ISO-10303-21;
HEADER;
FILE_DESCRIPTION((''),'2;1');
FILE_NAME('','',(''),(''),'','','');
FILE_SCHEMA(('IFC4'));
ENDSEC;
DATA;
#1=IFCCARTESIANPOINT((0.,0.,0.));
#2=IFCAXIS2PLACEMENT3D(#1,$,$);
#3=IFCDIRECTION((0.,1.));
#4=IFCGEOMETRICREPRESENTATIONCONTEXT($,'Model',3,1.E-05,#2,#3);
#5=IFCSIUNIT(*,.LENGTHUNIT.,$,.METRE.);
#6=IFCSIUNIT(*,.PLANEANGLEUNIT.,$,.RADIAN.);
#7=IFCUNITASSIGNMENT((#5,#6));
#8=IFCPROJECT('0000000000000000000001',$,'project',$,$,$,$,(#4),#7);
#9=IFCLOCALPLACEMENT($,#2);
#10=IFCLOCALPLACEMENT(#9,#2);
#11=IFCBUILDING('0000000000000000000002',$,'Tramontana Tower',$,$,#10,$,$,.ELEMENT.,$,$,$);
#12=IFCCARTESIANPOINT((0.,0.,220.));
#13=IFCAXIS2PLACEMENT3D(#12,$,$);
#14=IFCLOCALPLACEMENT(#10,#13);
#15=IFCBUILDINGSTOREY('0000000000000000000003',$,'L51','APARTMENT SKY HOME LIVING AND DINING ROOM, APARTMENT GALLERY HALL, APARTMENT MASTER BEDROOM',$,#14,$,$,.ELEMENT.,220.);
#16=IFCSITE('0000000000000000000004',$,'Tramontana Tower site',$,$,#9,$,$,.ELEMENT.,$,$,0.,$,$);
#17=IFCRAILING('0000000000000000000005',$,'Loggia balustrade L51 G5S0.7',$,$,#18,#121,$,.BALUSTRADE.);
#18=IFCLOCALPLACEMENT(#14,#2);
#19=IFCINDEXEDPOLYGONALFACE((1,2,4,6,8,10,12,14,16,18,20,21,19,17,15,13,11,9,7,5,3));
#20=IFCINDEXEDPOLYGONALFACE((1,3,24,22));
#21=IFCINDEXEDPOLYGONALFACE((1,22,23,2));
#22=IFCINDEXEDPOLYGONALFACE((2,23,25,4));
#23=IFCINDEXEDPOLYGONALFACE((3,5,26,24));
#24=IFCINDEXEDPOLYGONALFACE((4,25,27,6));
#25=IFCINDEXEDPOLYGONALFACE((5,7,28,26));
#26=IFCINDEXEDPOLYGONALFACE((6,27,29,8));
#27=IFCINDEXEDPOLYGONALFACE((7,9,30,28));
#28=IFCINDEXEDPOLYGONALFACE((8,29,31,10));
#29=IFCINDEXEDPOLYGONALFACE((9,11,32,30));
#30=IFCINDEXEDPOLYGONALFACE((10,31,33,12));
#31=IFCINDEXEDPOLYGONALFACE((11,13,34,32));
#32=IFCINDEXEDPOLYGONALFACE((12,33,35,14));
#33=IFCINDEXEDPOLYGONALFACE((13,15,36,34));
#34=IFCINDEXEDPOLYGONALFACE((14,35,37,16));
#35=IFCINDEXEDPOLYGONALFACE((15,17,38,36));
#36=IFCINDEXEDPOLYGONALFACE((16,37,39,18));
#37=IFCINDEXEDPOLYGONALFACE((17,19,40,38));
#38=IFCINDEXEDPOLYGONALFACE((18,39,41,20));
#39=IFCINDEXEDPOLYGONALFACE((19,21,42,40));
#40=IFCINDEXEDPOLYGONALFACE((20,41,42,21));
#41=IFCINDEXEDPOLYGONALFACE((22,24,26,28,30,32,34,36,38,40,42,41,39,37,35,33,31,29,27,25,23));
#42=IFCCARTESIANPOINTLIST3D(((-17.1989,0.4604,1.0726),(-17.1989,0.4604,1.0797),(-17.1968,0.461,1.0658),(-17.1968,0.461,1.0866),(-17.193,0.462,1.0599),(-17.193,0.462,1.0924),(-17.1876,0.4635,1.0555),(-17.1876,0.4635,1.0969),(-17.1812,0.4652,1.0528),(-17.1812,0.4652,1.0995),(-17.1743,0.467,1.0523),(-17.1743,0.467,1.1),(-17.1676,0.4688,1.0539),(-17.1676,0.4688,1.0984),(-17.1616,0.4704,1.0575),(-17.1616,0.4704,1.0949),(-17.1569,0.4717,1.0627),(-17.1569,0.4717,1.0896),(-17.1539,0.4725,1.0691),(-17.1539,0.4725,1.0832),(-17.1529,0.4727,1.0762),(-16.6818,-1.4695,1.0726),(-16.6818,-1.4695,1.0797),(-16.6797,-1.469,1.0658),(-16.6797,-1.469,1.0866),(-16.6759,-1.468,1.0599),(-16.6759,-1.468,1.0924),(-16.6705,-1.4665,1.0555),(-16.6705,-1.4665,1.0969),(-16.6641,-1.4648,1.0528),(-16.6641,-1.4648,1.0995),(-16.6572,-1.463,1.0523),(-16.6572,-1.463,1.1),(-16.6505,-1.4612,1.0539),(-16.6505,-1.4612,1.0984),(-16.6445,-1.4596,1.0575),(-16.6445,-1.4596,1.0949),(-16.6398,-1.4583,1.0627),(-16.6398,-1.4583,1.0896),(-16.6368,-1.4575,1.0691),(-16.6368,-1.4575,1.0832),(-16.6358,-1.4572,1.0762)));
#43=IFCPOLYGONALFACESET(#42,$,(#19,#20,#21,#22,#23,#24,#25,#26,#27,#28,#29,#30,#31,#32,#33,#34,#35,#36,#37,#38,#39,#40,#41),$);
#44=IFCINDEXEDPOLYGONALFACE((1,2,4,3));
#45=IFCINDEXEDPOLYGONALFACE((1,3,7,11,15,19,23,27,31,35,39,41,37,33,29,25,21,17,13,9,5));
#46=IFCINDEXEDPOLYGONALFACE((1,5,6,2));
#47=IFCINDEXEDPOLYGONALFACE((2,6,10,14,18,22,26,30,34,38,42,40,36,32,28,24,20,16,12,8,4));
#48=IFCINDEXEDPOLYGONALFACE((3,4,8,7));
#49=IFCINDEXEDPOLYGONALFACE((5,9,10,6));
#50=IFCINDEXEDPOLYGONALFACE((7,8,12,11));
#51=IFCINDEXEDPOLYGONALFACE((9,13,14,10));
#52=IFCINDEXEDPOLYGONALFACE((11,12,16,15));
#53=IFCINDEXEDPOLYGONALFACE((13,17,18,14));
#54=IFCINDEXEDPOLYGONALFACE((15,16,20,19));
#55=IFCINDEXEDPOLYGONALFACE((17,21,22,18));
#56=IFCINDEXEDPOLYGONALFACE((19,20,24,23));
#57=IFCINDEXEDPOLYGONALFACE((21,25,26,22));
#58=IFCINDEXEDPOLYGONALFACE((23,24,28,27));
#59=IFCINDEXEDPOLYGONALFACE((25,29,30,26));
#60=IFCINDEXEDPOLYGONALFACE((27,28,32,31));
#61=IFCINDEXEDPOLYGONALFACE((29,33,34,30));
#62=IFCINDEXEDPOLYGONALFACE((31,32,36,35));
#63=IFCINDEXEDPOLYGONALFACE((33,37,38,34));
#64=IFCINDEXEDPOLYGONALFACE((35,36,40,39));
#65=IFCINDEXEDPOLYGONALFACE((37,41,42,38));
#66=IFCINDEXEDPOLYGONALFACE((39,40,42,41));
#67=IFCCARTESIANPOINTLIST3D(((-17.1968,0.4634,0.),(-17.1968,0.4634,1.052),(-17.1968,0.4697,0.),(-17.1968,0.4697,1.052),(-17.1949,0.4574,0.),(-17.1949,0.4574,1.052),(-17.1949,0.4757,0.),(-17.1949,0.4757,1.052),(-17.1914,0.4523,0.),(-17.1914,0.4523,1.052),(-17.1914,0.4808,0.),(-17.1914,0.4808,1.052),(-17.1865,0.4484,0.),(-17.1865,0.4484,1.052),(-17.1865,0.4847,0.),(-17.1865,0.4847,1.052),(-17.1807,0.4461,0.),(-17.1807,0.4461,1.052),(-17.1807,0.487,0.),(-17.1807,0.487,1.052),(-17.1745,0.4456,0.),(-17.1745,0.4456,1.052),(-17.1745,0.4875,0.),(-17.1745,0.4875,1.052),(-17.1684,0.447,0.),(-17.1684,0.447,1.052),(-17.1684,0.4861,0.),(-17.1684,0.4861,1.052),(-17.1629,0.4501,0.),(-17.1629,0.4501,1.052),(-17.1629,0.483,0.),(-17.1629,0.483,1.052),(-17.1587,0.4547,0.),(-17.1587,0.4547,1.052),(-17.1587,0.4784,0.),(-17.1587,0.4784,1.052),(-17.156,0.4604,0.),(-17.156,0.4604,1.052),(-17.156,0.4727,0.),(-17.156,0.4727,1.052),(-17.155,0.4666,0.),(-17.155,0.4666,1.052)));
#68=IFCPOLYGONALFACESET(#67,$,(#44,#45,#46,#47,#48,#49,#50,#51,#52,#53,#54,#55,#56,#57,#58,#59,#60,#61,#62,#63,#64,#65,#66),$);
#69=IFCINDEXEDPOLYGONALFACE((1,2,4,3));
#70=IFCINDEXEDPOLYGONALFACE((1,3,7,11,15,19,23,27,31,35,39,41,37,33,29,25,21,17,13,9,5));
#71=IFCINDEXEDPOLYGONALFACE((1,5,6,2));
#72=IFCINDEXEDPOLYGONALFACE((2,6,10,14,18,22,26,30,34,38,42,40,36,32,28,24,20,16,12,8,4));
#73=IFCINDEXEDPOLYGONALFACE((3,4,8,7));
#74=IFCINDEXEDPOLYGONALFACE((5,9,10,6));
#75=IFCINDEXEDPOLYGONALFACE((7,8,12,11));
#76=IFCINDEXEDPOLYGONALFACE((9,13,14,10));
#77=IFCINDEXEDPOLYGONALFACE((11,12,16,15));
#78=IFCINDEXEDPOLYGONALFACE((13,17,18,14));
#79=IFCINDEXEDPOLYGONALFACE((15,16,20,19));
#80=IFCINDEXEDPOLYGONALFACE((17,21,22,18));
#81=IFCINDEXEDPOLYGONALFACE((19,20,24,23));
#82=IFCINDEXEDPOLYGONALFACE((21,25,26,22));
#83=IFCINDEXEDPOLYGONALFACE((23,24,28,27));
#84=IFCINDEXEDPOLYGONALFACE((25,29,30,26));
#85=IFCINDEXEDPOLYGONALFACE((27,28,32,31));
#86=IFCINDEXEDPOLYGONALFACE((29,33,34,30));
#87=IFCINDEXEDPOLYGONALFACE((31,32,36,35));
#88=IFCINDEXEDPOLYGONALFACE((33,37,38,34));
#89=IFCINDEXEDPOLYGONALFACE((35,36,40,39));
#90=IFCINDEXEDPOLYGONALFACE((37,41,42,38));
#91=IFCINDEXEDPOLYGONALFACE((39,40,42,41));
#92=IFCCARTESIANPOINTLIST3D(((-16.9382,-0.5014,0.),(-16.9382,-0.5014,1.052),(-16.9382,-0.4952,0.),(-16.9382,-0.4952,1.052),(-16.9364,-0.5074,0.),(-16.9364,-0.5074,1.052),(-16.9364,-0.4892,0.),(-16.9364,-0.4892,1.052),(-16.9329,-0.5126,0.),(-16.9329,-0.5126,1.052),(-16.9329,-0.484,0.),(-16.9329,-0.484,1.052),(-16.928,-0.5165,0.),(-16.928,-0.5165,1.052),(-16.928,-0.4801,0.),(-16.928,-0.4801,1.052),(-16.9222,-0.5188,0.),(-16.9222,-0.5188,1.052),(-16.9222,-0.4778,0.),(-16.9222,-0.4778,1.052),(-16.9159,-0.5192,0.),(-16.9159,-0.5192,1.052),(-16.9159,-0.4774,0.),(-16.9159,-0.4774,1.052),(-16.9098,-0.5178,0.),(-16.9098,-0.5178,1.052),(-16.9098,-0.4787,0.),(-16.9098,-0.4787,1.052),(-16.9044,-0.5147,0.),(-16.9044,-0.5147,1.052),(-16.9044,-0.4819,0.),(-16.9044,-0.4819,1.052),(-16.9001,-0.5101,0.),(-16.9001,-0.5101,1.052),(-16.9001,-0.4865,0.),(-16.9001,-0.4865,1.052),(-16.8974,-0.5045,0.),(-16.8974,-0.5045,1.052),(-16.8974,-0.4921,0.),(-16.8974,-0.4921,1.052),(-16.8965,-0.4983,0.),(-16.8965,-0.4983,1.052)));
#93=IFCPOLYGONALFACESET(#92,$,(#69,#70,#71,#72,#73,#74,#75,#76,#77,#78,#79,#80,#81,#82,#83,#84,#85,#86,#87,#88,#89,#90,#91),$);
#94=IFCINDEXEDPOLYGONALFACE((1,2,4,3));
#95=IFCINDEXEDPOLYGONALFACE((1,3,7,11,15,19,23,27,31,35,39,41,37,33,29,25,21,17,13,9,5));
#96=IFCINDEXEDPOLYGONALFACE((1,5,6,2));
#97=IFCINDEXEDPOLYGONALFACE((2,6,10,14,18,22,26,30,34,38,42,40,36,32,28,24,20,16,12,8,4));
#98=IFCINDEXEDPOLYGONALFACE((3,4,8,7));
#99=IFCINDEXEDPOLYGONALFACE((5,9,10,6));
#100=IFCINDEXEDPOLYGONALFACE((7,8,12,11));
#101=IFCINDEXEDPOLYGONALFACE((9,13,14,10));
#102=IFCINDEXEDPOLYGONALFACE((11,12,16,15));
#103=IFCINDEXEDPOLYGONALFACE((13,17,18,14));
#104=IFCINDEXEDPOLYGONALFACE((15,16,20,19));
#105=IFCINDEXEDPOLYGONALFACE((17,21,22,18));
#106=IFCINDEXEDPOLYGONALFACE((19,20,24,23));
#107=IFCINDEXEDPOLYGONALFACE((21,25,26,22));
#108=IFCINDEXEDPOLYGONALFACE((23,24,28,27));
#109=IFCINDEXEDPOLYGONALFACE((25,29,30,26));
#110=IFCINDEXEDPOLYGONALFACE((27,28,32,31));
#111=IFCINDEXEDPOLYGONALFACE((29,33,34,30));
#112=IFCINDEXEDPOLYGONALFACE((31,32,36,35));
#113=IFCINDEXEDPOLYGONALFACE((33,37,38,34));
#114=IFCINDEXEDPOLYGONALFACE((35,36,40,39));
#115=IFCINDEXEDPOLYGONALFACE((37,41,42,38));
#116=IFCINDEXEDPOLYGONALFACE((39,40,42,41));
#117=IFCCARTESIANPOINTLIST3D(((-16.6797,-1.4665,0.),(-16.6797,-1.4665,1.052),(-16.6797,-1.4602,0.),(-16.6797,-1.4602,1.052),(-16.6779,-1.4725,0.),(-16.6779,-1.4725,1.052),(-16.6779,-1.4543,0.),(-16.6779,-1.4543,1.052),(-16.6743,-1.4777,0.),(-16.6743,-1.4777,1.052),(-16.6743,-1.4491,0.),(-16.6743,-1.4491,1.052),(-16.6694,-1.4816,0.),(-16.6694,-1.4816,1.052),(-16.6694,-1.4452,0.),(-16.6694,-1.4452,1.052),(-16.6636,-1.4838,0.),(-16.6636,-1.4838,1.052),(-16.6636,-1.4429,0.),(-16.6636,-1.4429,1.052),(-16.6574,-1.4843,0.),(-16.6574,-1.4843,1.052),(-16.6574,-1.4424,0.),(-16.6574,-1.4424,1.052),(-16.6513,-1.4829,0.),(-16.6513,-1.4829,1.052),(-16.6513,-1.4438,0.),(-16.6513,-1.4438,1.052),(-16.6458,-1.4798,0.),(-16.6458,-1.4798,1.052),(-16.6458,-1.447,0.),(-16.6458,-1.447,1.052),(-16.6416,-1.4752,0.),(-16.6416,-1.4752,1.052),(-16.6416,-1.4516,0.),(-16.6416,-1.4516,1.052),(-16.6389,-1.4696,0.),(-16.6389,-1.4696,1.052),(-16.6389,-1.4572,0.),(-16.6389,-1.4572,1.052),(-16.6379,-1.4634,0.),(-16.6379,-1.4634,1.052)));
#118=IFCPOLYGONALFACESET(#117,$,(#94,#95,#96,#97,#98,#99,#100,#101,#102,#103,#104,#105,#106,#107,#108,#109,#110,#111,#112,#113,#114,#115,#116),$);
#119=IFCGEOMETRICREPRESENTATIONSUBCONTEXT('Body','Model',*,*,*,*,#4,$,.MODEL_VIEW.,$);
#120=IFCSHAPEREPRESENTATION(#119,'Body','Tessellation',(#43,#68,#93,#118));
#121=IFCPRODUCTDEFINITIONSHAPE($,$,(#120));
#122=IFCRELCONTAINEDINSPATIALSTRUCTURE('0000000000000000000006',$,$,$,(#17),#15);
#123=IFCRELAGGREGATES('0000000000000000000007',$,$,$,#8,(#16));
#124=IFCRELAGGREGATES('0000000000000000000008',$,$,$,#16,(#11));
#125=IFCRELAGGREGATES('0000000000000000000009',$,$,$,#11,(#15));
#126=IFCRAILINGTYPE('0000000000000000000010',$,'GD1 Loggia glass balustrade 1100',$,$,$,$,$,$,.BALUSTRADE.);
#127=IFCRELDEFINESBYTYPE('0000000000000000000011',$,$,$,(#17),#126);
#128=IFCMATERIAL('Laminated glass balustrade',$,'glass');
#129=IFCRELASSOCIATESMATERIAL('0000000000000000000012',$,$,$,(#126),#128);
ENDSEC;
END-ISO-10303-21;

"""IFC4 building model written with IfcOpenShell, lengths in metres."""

from ifc_helpers import new_model, si_unit, direction, frame, origin, origin_2d, place, context, subcontext, project, spatial, circle, extrude, material, type_object, element, save


model = new_model("IFC4")

# Units and contexts
model_context = context("Model", 3, precision=1e-05, world=origin(), true_north=direction((0.0, 1.0)))
body_context = subcontext(model_context, "Body", "Model", "MODEL_VIEW")
ifc_project = project(units=[si_unit("LENGTHUNIT", "METRE"), si_unit("PLANEANGLEUNIT", "RADIAN")], contexts=[model_context])

# Site, building, storey
site_placement = place(None, origin())
site = spatial("IfcSite", under=ifc_project, at=site_placement, Name="Tramontana Tower site", CompositionType="ELEMENT", RefElevation=0.0)
building_placement = place(site_placement, origin())
building = spatial("IfcBuilding", under=site, at=building_placement, Name="Tramontana Tower", CompositionType="ELEMENT")
storey_placement = place(building_placement, frame((0.0, 0.0, 220.0)))
storey = spatial("IfcBuildingStorey", under=building, at=storey_placement, Name="L51", Description="APARTMENT SKY HOME LIVING AND DINING ROOM, APARTMENT GALLERY HALL, APARTMENT MASTER BEDROOM", CompositionType="ELEMENT", Elevation=220.0)

# Railing
ifc_material_1 = material(Name="Laminated glass balustrade", Category="glass")
railing_type = type_object("IfcRailingType", Name="GD1 Loggia glass balustrade 1100", PredefinedType="BALUSTRADE", material=ifc_material_1)
railing_placement = place(storey_placement, frame((-17.176, 0.4666, 0.0)))
element("IfcRailing", 1, at=railing_placement, inside=storey, type_object=railing_type, Name="Loggia balustrade L51 G5S0.7", PredefinedType="BALUSTRADE", context=body_context, shape_type="SweptSolid", body=[
    extrude(circle(Radius=0.0239, at=origin_2d()), frame((0.0, 0.0, 1.0762), z_axis=(0.258803, -0.96593, 0.0), x_axis=(0.96593, 0.258803, 0.0)), (0.0, 0.0, 1.0), 1.998),
    extrude(circle(Radius=0.021, at=origin_2d()), origin(), (0.0, 0.0, 1.0), 1.052),
    extrude(circle(Radius=0.021, at=origin_2d()), frame((0.2585, -0.9648, 0.0)), (0.0, 0.0, 1.0), 1.052),
    extrude(circle(Radius=0.021, at=origin_2d()), frame((0.5171, -1.9299, 0.0)), (0.0, 0.0, 1.0), 1.052),
])

save(model, "model.ifc")
